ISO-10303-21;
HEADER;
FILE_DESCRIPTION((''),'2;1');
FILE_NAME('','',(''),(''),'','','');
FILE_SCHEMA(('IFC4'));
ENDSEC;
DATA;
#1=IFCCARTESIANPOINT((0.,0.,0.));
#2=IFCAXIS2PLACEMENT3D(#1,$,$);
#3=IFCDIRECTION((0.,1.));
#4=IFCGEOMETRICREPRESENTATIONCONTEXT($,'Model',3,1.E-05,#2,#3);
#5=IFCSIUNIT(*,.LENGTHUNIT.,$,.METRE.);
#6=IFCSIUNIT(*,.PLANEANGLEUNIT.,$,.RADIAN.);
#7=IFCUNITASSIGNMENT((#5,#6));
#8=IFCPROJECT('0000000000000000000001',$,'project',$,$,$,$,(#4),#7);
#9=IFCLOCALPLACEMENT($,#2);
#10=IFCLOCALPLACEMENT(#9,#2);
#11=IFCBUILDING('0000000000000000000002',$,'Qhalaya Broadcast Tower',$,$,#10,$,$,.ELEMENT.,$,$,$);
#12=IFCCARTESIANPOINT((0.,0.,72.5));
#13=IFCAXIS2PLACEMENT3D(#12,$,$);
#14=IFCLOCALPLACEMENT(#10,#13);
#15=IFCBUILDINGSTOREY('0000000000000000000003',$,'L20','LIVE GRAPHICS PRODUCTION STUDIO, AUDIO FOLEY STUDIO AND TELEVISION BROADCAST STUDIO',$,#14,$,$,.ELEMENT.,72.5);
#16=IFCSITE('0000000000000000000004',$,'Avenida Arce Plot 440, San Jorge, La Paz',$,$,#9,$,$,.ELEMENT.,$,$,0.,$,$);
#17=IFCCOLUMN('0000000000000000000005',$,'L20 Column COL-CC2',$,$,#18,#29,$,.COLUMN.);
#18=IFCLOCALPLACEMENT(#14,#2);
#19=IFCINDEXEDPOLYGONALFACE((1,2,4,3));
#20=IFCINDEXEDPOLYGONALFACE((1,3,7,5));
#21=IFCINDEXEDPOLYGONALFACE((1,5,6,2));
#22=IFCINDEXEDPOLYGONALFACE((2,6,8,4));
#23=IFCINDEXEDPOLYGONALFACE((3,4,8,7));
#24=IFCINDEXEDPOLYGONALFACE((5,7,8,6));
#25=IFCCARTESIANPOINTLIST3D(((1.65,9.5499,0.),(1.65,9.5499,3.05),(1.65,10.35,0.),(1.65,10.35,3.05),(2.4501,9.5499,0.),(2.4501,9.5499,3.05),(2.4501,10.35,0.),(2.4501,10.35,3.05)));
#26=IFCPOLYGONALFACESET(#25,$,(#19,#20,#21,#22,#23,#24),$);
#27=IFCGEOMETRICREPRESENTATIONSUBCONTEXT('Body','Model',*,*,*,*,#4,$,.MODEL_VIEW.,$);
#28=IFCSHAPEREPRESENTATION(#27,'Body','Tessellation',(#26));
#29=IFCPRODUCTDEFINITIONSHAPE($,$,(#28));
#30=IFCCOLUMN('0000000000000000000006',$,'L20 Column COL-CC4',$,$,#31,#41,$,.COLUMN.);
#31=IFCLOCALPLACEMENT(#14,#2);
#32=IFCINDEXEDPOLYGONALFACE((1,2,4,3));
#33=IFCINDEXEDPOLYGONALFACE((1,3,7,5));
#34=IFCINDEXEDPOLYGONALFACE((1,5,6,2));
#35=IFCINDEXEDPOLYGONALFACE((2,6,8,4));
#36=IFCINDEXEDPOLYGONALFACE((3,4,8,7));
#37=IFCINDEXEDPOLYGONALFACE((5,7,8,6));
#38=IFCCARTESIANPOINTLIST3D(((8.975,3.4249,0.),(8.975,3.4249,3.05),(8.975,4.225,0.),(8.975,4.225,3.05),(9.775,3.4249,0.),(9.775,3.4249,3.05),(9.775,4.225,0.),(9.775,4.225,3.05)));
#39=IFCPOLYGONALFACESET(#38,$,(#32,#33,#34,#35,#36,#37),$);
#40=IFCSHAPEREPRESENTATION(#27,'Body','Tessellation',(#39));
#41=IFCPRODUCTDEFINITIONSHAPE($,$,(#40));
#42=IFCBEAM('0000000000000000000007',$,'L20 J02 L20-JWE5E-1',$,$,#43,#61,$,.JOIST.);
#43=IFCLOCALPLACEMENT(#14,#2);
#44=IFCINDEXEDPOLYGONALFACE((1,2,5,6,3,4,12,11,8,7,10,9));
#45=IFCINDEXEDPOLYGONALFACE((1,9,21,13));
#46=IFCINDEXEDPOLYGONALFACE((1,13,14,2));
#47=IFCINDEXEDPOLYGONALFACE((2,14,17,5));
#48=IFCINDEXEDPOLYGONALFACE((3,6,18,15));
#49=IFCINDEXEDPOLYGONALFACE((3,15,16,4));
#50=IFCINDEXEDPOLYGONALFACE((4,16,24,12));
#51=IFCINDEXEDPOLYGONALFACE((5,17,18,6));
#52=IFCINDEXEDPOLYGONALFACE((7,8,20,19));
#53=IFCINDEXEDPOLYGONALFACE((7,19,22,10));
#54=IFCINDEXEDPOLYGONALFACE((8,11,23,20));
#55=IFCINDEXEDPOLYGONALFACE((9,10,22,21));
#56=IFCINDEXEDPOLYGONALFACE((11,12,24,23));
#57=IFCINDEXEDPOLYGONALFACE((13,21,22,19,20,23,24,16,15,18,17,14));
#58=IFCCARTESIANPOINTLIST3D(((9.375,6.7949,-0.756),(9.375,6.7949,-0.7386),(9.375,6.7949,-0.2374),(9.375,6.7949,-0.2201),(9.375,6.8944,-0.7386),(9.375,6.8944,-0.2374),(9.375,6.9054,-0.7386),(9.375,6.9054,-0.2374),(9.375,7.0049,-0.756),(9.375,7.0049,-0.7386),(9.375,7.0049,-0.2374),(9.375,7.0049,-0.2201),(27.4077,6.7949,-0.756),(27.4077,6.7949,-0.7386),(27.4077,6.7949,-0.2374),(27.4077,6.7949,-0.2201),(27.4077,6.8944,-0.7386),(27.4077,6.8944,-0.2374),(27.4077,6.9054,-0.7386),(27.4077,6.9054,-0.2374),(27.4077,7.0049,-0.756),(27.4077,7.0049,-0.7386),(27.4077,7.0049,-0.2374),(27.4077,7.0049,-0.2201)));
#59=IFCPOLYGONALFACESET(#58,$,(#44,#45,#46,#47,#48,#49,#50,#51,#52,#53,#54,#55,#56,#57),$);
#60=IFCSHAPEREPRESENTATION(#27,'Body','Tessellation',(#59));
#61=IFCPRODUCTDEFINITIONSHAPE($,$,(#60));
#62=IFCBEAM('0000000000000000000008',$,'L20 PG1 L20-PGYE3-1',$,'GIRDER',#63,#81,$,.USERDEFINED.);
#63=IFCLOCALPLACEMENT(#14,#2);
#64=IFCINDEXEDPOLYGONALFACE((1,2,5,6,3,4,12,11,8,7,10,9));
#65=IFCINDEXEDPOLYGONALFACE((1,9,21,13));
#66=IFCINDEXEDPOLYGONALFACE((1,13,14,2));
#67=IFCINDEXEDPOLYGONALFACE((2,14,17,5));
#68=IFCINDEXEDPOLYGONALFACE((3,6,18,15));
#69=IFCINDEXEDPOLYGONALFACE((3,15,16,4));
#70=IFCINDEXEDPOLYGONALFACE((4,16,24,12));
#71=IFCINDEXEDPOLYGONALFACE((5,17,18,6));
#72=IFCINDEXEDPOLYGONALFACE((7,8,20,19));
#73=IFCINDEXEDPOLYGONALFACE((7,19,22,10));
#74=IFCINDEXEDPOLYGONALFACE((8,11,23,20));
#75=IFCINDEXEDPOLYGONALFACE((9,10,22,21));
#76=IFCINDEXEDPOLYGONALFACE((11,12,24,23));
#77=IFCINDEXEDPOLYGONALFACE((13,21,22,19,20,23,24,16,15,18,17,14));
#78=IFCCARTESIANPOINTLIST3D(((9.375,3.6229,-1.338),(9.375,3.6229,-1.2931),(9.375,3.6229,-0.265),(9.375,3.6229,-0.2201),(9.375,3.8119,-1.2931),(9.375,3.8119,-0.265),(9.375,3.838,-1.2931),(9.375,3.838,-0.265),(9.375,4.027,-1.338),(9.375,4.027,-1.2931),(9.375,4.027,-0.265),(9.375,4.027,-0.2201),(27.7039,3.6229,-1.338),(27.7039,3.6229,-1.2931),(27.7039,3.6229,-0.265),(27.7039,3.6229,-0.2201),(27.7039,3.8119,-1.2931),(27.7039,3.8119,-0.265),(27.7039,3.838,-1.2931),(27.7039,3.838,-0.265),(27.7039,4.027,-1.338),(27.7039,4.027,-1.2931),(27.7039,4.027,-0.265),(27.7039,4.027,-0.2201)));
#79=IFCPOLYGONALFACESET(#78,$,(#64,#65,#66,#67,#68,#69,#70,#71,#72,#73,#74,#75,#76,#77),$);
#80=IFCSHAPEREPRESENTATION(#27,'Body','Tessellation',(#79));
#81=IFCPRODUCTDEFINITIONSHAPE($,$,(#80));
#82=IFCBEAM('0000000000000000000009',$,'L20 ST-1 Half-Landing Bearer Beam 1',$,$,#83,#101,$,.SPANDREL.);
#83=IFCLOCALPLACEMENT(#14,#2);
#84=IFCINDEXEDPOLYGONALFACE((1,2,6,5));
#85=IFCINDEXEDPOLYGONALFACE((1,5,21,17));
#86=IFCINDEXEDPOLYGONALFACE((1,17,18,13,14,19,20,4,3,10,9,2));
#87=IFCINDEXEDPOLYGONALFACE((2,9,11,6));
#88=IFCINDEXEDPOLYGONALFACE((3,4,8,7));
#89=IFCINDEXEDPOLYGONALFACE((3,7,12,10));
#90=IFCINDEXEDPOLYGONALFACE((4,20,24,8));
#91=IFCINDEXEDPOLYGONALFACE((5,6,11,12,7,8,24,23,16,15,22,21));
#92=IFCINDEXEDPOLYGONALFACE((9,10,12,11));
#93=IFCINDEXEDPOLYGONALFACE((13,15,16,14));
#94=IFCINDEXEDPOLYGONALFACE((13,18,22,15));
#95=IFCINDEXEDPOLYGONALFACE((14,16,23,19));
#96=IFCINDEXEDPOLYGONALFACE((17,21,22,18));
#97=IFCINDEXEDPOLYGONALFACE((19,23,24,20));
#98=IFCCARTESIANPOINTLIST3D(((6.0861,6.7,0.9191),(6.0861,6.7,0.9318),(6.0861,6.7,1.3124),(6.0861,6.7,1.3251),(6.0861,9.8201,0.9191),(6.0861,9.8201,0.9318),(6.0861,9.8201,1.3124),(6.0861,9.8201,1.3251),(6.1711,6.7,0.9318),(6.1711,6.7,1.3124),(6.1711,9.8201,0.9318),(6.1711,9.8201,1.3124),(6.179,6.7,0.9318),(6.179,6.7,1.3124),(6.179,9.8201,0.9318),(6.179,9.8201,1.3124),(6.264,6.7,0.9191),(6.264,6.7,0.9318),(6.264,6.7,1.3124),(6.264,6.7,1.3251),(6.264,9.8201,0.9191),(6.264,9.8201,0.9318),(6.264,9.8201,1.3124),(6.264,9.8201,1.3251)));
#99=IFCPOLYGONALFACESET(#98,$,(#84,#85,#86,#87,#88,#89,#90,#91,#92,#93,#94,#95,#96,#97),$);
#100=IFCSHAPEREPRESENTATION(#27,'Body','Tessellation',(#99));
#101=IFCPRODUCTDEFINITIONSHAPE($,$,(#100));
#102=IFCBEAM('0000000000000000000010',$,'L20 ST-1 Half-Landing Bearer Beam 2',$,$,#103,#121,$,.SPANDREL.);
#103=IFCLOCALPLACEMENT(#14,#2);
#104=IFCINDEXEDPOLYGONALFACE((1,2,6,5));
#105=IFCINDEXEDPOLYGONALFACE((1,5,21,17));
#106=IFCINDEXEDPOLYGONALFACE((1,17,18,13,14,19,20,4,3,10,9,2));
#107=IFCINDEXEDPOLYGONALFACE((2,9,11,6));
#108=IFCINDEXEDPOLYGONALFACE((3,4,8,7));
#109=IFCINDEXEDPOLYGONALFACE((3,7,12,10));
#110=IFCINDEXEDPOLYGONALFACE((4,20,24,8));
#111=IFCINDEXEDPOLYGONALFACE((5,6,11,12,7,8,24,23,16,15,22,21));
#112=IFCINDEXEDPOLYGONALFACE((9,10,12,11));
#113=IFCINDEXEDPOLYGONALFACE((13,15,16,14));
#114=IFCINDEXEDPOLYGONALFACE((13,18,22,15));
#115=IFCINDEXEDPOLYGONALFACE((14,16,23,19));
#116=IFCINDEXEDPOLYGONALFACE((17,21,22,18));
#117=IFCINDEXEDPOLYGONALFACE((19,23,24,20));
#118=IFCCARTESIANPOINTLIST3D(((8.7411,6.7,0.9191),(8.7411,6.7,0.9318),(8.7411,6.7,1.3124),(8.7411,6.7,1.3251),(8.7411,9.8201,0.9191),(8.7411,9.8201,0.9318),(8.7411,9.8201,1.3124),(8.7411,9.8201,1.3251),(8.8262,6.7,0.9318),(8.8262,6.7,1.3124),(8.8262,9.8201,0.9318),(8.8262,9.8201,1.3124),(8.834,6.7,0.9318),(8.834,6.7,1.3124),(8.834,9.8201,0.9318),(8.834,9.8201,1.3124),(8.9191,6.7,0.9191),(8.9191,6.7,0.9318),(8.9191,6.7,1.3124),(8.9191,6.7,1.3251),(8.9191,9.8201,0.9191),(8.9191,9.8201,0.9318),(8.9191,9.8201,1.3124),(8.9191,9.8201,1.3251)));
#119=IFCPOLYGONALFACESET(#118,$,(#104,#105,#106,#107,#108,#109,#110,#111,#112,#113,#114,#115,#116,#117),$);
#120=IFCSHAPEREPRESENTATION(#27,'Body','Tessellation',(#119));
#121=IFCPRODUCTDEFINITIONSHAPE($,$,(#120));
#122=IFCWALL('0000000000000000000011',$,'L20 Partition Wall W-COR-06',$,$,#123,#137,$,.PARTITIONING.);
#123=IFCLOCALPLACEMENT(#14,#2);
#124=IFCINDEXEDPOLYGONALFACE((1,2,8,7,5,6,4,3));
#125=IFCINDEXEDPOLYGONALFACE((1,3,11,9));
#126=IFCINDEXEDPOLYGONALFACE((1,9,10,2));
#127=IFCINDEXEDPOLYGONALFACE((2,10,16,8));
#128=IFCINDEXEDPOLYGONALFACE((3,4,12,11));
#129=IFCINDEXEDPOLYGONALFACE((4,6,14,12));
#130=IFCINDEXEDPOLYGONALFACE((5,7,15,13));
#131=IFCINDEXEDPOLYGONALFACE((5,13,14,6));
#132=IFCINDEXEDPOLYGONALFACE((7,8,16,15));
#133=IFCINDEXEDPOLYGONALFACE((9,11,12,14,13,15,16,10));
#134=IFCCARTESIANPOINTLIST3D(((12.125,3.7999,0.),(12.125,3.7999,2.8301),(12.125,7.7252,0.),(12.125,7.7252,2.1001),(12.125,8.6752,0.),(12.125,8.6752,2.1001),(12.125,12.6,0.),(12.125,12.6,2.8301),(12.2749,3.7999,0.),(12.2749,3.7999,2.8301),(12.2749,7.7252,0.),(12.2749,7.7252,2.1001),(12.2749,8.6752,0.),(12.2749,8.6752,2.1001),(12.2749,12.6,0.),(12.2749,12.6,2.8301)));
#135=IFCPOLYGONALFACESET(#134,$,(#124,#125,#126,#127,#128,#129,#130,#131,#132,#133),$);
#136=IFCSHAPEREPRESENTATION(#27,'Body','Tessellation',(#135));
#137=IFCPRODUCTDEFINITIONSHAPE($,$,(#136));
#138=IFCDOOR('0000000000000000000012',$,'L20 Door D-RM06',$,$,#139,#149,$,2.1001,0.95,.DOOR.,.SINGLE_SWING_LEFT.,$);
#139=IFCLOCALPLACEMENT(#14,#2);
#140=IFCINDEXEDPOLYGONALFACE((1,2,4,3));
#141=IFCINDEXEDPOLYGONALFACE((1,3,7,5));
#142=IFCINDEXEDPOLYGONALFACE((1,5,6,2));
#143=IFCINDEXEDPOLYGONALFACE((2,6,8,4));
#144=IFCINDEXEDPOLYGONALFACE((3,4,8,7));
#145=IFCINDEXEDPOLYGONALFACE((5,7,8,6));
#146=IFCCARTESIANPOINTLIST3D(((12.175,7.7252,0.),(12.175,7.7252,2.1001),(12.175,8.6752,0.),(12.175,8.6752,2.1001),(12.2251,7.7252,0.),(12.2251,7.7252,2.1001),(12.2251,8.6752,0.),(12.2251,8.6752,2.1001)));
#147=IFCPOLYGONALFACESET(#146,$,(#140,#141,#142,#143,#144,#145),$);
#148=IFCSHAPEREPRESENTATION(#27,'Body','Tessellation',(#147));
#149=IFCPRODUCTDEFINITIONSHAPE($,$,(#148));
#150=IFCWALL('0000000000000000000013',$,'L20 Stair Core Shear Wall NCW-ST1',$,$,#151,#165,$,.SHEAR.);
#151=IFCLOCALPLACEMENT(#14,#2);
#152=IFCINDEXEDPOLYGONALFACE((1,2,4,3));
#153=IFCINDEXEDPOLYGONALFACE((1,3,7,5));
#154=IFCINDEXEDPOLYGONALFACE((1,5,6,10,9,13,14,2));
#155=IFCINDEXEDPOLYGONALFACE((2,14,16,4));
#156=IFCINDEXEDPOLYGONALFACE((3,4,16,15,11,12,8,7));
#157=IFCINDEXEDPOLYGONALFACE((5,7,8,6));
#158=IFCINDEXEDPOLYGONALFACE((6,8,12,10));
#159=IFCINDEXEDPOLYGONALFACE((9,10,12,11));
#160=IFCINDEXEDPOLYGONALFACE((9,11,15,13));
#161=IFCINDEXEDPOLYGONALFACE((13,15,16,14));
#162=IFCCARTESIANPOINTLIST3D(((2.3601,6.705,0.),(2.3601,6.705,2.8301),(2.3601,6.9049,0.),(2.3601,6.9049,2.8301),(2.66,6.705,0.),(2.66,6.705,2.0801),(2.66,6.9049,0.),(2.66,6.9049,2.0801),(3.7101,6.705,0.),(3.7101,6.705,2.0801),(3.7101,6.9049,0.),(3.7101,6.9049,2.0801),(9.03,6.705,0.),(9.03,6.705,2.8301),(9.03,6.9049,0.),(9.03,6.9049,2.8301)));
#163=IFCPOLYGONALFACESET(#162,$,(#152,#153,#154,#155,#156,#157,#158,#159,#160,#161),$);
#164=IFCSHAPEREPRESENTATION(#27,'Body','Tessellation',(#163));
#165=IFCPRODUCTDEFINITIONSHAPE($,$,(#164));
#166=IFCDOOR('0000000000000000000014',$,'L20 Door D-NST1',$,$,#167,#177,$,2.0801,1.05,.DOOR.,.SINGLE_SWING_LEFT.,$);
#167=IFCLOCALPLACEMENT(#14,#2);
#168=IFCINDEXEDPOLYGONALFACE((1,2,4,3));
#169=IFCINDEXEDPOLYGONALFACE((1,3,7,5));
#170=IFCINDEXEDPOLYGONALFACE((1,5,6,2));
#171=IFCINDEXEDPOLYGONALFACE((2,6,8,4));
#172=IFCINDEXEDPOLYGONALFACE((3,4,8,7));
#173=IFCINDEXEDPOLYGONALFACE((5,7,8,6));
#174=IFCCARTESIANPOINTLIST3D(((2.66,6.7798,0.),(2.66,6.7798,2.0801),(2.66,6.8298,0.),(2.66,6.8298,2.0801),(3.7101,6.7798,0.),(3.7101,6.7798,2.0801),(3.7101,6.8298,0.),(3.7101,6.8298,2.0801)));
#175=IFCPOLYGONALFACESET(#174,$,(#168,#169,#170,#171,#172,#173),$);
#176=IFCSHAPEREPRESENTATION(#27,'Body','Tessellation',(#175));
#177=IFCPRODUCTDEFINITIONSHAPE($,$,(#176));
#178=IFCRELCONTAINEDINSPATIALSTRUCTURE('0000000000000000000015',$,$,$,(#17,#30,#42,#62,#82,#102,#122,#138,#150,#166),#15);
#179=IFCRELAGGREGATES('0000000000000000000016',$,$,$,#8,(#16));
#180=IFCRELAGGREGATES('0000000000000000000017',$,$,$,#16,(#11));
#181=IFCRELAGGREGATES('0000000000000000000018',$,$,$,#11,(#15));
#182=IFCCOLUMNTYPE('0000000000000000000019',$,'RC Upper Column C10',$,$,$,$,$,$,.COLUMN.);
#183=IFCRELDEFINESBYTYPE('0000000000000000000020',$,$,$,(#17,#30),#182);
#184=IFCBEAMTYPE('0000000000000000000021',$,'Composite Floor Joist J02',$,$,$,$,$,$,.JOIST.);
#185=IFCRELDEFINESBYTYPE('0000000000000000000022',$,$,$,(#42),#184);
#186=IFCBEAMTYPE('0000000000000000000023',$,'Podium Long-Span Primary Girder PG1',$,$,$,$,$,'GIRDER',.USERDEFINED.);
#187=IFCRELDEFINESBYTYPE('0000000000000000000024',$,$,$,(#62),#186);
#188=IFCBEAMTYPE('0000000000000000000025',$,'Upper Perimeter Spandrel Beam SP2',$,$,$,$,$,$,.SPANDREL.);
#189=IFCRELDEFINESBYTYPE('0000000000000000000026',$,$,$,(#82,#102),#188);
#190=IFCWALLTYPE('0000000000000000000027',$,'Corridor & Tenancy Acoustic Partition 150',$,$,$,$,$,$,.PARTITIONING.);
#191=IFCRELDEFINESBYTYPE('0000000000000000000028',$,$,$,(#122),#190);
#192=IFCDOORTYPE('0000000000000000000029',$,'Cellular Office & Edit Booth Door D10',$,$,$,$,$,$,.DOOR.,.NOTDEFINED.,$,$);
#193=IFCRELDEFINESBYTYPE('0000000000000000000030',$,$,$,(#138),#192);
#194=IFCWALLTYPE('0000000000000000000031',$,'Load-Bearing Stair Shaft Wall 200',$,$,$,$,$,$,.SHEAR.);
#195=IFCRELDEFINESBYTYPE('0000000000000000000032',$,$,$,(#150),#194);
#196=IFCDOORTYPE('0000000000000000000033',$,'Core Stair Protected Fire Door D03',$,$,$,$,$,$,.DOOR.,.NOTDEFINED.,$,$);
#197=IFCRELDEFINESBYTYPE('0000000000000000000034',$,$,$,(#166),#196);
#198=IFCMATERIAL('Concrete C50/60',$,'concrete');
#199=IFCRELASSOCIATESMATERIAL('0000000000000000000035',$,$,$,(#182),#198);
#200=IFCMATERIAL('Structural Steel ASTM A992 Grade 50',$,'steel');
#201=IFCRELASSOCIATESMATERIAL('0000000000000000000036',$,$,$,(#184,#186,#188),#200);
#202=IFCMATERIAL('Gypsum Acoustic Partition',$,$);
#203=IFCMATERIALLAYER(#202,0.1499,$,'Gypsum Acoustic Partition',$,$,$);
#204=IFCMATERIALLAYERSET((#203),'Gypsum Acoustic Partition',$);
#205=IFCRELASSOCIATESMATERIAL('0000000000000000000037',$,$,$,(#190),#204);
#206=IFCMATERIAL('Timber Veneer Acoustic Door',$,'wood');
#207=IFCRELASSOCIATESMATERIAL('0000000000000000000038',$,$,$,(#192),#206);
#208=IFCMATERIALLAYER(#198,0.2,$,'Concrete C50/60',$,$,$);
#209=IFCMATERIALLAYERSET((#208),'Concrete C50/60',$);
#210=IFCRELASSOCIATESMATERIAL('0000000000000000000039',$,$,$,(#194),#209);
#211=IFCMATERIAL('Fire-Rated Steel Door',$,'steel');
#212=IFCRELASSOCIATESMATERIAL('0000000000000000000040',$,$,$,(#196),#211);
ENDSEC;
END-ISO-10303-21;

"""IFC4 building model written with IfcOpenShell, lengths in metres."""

from ifc_helpers import new_model, si_unit, direction, frame, frame_2d, origin, origin_2d, place, context, subcontext, project, spatial, rectangle, i_section, extrude, material, layer, layer_set, material_profile, profile_set, type_object, element, fill, save


model = new_model("IFC4")

# Units and contexts
model_context = context("Model", 3, precision=1e-05, world=origin(), true_north=direction((0.0, 1.0)))
body_context = subcontext(model_context, "Body", "Model", "MODEL_VIEW")
ifc_project = project(units=[si_unit("LENGTHUNIT", "METRE"), si_unit("PLANEANGLEUNIT", "RADIAN")], contexts=[model_context])

# Site, building, storey
site_placement = place(None, origin())
site = spatial("IfcSite", under=ifc_project, at=site_placement, Name="Avenida Arce Plot 440, San Jorge, La Paz", CompositionType="ELEMENT", RefElevation=0.0)
building_placement = place(site_placement, origin())
building = spatial("IfcBuilding", under=site, at=building_placement, Name="Qhalaya Broadcast Tower", CompositionType="ELEMENT")
storey_placement = place(building_placement, frame((0.0, 0.0, 72.5)))
storey = spatial("IfcBuildingStorey", under=building, at=storey_placement, Name="L20", Description="LIVE GRAPHICS PRODUCTION STUDIO, AUDIO FOLEY STUDIO AND TELEVISION BROADCAST STUDIO", CompositionType="ELEMENT", Elevation=72.5)

# Columns
ifc_material_1 = material(Name="Concrete C50/60", Category="concrete")
ifc_material_profile_1 = material_profile(ifc_material_1, rectangle(XDim=0.8, YDim=0.8, at=origin_2d()), Name="RC-COL 800x800")
ifc_profile_set_1 = profile_set([ifc_material_profile_1], Name="Concrete C50/60")
column_type = type_object("IfcColumnType", Name="RC Upper Column C10", PredefinedType="COLUMN", material=ifc_profile_set_1)
for number, where, z_axis, x_axis, name in (
    (1, (2.05, 9.95, 0.0), (0.0, 0.0, 1.0), (1.0, 0.0, 0.0), "L20 Column COL-CC2"),
    (2, (9.375, 3.825, 0.0), (0.0, 0.0, 1.0), (1.0, 0.0, 0.0), "L20 Column COL-CC4"),
):
    element("IfcColumn", number, at=place(storey_placement, frame(where, z_axis=z_axis, x_axis=x_axis)), inside=storey, type_object=column_type, Name=name, PredefinedType="COLUMN", context=body_context, shape_type="SweptSolid", body=[
        extrude(rectangle(XDim=0.8, YDim=0.8, at=origin_2d()), origin(), (0.0, 0.0, 1.0), 3.05),
    ])

# Beams
ifc_material_2 = material(Name="Structural Steel ASTM A992 Grade 50", Category="steel")
ifc_material_profile_2 = material_profile(ifc_material_2, i_section(OverallWidth=0.21, OverallDepth=0.5359, WebThickness=0.011, FlangeThickness=0.0173, at=origin_2d()), Name="W21X68")
ifc_profile_set_2 = profile_set([ifc_material_profile_2], Name="Structural Steel ASTM A992 Grade 50")
beam_type_1 = type_object("IfcBeamType", Name="Composite Floor Joist J02", PredefinedType="JOIST", material=ifc_profile_set_2)
beam_1_placement = place(storey_placement, frame((9.375, 6.8999, -0.488), z_axis=(1.0, 0.0, 0.0), x_axis=(0.0, 1.0, 0.0)))
element("IfcBeam", 3, at=beam_1_placement, inside=storey, type_object=beam_type_1, Name="L20 J02 L20-JWE5E-1", PredefinedType="JOIST", context=body_context, shape_type="SweptSolid", body=[
    extrude(i_section(OverallWidth=0.21, OverallDepth=0.5359, WebThickness=0.011, FlangeThickness=0.0173, at=origin_2d()), origin(), (0.0, 0.0, 1.0), 18.0327),
])
ifc_material_profile_3 = material_profile(ifc_material_2, i_section(OverallWidth=0.4041, OverallDepth=1.1179, WebThickness=0.0261, FlangeThickness=0.0449, at=origin_2d()), Name="W44X335")
ifc_profile_set_3 = profile_set([ifc_material_profile_3], Name="Structural Steel ASTM A992 Grade 50")
beam_type_2 = type_object("IfcBeamType", Name="Podium Long-Span Primary Girder PG1", ElementType="GIRDER", PredefinedType="USERDEFINED", material=ifc_profile_set_3)
beam_2_placement = place(storey_placement, frame((9.375, 3.825, -0.7791), z_axis=(1.0, 0.0, 0.0), x_axis=(0.0, 1.0, 0.0)))
element("IfcBeam", 4, at=beam_2_placement, inside=storey, type_object=beam_type_2, Name="L20 PG1 L20-PGYE3-1", ObjectType="GIRDER", PredefinedType="USERDEFINED", context=body_context, shape_type="SweptSolid", body=[
    extrude(i_section(OverallWidth=0.4041, OverallDepth=1.1179, WebThickness=0.0261, FlangeThickness=0.0449, at=origin_2d()), origin(), (0.0, 0.0, 1.0), 18.3289),
])
ifc_material_profile_4 = material_profile(ifc_material_2, i_section(OverallWidth=0.178, OverallDepth=0.406, WebThickness=0.0078, FlangeThickness=0.0127, at=origin_2d()), Name="W16X40")
ifc_profile_set_4 = profile_set([ifc_material_profile_4], Name="Structural Steel ASTM A992 Grade 50")
beam_type_3 = type_object("IfcBeamType", Name="Upper Perimeter Spandrel Beam SP2", PredefinedType="SPANDREL", material=ifc_profile_set_4)
for number, where, z_axis, x_axis, name in (
    (5, (6.175, 6.7, 1.1221), (0.0, 1.0, 0.0), (-1.0, 0.0, 0.0), "L20 ST-1 Half-Landing Bearer Beam 1"),
    (6, (8.8301, 6.7, 1.1221), (0.0, 1.0, 0.0), (-1.0, 0.0, 0.0), "L20 ST-1 Half-Landing Bearer Beam 2"),
):
    element("IfcBeam", number, at=place(storey_placement, frame(where, z_axis=z_axis, x_axis=x_axis)), inside=storey, type_object=beam_type_3, Name=name, PredefinedType="SPANDREL", context=body_context, shape_type="SweptSolid", body=[
        extrude(i_section(OverallWidth=0.178, OverallDepth=0.406, WebThickness=0.0078, FlangeThickness=0.0127, at=origin_2d()), origin(), (0.0, 0.0, 1.0), 3.1201),
    ])

# Walls, openings, doors
ifc_material_3 = material(Name="Gypsum Acoustic Partition")
ifc_layer_1 = layer(ifc_material_3, 0.1499, Name="Gypsum Acoustic Partition")
ifc_layer_set_1 = layer_set([ifc_layer_1], Name="Gypsum Acoustic Partition")
wall_type_1 = type_object("IfcWallType", Name="Corridor & Tenancy Acoustic Partition 150", PredefinedType="PARTITIONING", material=ifc_layer_set_1)
wall_1_placement = place(storey_placement, frame((12.2, 3.8, 0.0), z_axis=(0.0, 0.0, 1.0), x_axis=(0.0, 1.0, 0.0)))
wall_1 = element("IfcWall", 7, at=wall_1_placement, inside=storey, type_object=wall_type_1, Name="L20 Partition Wall W-COR-06", PredefinedType="PARTITIONING", context=body_context, shape_type="SweptSolid", body=[
    extrude(rectangle(XDim=8.8, YDim=0.1499, at=frame_2d((4.3999, 0.0))), origin(), (0.0, 0.0, 1.0), 2.8301),
])
opening_1_placement = place(wall_1_placement, frame((3.925, 0.0, 0.0)))
opening_1 = element("IfcOpeningElement", 8, at=opening_1_placement, cuts=wall_1, PredefinedType="OPENING", context=body_context, shape_type="SweptSolid", body=[
    extrude(rectangle(XDim=0.95, YDim=2.1001, at=frame_2d((0.4751, 1.05))), frame((0.0, 0.0869, 0.0), z_axis=(0.0, -1.0, 0.0), x_axis=(1.0, 0.0, 0.0)), (0.0, 0.0, 1.0), 0.1738),
])
ifc_material_4 = material(Name="Timber Veneer Acoustic Door", Category="wood")
door_type_1 = type_object("IfcDoorType", Name="Cellular Office & Edit Booth Door D10", OperationType="NOTDEFINED", PredefinedType="DOOR", material=ifc_material_4)
door_1_placement = place(opening_1_placement, origin())
door_1 = element("IfcDoor", 9, at=door_1_placement, inside=storey, type_object=door_type_1, Name="L20 Door D-RM06", OperationType="SINGLE_SWING_LEFT", OverallHeight=2.1001, OverallWidth=0.95, PredefinedType="DOOR", context=body_context, shape_type="SweptSolid", body=[
    extrude(rectangle(XDim=0.95, YDim=2.1001, at=frame_2d((0.4751, 1.05))), frame((0.0, 0.0249, 0.0), z_axis=(0.0, -1.0, 0.0), x_axis=(1.0, 0.0, 0.0)), (0.0, 0.0, 1.0), 0.05),
])
fill(opening_1, door_1)
ifc_layer_2 = layer(ifc_material_1, 0.2, Name="Concrete C50/60")
ifc_layer_set_2 = layer_set([ifc_layer_2], Name="Concrete C50/60")
wall_type_2 = type_object("IfcWallType", Name="Load-Bearing Stair Shaft Wall 200", PredefinedType="SHEAR", material=ifc_layer_set_2)
wall_2_placement = place(storey_placement, frame((2.3601, 6.8049, 0.0), z_axis=(0.0, 0.0, 1.0), x_axis=(1.0, 0.0, 0.0)))
wall_2 = element("IfcWall", 10, at=wall_2_placement, inside=storey, type_object=wall_type_2, Name="L20 Stair Core Shear Wall NCW-ST1", PredefinedType="SHEAR", context=body_context, shape_type="SweptSolid", body=[
    extrude(rectangle(XDim=6.6699, YDim=0.2, at=frame_2d((3.335, 0.0))), origin(), (0.0, 0.0, 1.0), 2.8301),
])
opening_2_placement = place(wall_2_placement, frame((0.3, 0.0, 0.0)))
opening_2 = element("IfcOpeningElement", 11, at=opening_2_placement, cuts=wall_2, PredefinedType="OPENING", context=body_context, shape_type="SweptSolid", body=[
    extrude(rectangle(XDim=1.05, YDim=2.0801, at=frame_2d((0.5249, 1.04))), frame((0.0, 0.1121, 0.0), z_axis=(0.0, -1.0, 0.0), x_axis=(1.0, 0.0, 0.0)), (0.0, 0.0, 1.0), 0.2239),
])
ifc_material_5 = material(Name="Fire-Rated Steel Door", Category="steel")
door_type_2 = type_object("IfcDoorType", Name="Core Stair Protected Fire Door D03", OperationType="NOTDEFINED", PredefinedType="DOOR", material=ifc_material_5)
door_2_placement = place(opening_2_placement, origin())
door_2 = element("IfcDoor", 12, at=door_2_placement, inside=storey, type_object=door_type_2, Name="L20 Door D-NST1", OperationType="SINGLE_SWING_LEFT", OverallHeight=2.0801, OverallWidth=1.05, PredefinedType="DOOR", context=body_context, shape_type="SweptSolid", body=[
    extrude(rectangle(XDim=1.05, YDim=2.0801, at=frame_2d((0.5249, 1.04))), frame((0.0, 0.0249, 0.0), z_axis=(0.0, -1.0, 0.0), x_axis=(1.0, 0.0, 0.0)), (0.0, 0.0, 1.0), 0.05),
])
fill(opening_2, door_2)

save(model, "model.ifc")
